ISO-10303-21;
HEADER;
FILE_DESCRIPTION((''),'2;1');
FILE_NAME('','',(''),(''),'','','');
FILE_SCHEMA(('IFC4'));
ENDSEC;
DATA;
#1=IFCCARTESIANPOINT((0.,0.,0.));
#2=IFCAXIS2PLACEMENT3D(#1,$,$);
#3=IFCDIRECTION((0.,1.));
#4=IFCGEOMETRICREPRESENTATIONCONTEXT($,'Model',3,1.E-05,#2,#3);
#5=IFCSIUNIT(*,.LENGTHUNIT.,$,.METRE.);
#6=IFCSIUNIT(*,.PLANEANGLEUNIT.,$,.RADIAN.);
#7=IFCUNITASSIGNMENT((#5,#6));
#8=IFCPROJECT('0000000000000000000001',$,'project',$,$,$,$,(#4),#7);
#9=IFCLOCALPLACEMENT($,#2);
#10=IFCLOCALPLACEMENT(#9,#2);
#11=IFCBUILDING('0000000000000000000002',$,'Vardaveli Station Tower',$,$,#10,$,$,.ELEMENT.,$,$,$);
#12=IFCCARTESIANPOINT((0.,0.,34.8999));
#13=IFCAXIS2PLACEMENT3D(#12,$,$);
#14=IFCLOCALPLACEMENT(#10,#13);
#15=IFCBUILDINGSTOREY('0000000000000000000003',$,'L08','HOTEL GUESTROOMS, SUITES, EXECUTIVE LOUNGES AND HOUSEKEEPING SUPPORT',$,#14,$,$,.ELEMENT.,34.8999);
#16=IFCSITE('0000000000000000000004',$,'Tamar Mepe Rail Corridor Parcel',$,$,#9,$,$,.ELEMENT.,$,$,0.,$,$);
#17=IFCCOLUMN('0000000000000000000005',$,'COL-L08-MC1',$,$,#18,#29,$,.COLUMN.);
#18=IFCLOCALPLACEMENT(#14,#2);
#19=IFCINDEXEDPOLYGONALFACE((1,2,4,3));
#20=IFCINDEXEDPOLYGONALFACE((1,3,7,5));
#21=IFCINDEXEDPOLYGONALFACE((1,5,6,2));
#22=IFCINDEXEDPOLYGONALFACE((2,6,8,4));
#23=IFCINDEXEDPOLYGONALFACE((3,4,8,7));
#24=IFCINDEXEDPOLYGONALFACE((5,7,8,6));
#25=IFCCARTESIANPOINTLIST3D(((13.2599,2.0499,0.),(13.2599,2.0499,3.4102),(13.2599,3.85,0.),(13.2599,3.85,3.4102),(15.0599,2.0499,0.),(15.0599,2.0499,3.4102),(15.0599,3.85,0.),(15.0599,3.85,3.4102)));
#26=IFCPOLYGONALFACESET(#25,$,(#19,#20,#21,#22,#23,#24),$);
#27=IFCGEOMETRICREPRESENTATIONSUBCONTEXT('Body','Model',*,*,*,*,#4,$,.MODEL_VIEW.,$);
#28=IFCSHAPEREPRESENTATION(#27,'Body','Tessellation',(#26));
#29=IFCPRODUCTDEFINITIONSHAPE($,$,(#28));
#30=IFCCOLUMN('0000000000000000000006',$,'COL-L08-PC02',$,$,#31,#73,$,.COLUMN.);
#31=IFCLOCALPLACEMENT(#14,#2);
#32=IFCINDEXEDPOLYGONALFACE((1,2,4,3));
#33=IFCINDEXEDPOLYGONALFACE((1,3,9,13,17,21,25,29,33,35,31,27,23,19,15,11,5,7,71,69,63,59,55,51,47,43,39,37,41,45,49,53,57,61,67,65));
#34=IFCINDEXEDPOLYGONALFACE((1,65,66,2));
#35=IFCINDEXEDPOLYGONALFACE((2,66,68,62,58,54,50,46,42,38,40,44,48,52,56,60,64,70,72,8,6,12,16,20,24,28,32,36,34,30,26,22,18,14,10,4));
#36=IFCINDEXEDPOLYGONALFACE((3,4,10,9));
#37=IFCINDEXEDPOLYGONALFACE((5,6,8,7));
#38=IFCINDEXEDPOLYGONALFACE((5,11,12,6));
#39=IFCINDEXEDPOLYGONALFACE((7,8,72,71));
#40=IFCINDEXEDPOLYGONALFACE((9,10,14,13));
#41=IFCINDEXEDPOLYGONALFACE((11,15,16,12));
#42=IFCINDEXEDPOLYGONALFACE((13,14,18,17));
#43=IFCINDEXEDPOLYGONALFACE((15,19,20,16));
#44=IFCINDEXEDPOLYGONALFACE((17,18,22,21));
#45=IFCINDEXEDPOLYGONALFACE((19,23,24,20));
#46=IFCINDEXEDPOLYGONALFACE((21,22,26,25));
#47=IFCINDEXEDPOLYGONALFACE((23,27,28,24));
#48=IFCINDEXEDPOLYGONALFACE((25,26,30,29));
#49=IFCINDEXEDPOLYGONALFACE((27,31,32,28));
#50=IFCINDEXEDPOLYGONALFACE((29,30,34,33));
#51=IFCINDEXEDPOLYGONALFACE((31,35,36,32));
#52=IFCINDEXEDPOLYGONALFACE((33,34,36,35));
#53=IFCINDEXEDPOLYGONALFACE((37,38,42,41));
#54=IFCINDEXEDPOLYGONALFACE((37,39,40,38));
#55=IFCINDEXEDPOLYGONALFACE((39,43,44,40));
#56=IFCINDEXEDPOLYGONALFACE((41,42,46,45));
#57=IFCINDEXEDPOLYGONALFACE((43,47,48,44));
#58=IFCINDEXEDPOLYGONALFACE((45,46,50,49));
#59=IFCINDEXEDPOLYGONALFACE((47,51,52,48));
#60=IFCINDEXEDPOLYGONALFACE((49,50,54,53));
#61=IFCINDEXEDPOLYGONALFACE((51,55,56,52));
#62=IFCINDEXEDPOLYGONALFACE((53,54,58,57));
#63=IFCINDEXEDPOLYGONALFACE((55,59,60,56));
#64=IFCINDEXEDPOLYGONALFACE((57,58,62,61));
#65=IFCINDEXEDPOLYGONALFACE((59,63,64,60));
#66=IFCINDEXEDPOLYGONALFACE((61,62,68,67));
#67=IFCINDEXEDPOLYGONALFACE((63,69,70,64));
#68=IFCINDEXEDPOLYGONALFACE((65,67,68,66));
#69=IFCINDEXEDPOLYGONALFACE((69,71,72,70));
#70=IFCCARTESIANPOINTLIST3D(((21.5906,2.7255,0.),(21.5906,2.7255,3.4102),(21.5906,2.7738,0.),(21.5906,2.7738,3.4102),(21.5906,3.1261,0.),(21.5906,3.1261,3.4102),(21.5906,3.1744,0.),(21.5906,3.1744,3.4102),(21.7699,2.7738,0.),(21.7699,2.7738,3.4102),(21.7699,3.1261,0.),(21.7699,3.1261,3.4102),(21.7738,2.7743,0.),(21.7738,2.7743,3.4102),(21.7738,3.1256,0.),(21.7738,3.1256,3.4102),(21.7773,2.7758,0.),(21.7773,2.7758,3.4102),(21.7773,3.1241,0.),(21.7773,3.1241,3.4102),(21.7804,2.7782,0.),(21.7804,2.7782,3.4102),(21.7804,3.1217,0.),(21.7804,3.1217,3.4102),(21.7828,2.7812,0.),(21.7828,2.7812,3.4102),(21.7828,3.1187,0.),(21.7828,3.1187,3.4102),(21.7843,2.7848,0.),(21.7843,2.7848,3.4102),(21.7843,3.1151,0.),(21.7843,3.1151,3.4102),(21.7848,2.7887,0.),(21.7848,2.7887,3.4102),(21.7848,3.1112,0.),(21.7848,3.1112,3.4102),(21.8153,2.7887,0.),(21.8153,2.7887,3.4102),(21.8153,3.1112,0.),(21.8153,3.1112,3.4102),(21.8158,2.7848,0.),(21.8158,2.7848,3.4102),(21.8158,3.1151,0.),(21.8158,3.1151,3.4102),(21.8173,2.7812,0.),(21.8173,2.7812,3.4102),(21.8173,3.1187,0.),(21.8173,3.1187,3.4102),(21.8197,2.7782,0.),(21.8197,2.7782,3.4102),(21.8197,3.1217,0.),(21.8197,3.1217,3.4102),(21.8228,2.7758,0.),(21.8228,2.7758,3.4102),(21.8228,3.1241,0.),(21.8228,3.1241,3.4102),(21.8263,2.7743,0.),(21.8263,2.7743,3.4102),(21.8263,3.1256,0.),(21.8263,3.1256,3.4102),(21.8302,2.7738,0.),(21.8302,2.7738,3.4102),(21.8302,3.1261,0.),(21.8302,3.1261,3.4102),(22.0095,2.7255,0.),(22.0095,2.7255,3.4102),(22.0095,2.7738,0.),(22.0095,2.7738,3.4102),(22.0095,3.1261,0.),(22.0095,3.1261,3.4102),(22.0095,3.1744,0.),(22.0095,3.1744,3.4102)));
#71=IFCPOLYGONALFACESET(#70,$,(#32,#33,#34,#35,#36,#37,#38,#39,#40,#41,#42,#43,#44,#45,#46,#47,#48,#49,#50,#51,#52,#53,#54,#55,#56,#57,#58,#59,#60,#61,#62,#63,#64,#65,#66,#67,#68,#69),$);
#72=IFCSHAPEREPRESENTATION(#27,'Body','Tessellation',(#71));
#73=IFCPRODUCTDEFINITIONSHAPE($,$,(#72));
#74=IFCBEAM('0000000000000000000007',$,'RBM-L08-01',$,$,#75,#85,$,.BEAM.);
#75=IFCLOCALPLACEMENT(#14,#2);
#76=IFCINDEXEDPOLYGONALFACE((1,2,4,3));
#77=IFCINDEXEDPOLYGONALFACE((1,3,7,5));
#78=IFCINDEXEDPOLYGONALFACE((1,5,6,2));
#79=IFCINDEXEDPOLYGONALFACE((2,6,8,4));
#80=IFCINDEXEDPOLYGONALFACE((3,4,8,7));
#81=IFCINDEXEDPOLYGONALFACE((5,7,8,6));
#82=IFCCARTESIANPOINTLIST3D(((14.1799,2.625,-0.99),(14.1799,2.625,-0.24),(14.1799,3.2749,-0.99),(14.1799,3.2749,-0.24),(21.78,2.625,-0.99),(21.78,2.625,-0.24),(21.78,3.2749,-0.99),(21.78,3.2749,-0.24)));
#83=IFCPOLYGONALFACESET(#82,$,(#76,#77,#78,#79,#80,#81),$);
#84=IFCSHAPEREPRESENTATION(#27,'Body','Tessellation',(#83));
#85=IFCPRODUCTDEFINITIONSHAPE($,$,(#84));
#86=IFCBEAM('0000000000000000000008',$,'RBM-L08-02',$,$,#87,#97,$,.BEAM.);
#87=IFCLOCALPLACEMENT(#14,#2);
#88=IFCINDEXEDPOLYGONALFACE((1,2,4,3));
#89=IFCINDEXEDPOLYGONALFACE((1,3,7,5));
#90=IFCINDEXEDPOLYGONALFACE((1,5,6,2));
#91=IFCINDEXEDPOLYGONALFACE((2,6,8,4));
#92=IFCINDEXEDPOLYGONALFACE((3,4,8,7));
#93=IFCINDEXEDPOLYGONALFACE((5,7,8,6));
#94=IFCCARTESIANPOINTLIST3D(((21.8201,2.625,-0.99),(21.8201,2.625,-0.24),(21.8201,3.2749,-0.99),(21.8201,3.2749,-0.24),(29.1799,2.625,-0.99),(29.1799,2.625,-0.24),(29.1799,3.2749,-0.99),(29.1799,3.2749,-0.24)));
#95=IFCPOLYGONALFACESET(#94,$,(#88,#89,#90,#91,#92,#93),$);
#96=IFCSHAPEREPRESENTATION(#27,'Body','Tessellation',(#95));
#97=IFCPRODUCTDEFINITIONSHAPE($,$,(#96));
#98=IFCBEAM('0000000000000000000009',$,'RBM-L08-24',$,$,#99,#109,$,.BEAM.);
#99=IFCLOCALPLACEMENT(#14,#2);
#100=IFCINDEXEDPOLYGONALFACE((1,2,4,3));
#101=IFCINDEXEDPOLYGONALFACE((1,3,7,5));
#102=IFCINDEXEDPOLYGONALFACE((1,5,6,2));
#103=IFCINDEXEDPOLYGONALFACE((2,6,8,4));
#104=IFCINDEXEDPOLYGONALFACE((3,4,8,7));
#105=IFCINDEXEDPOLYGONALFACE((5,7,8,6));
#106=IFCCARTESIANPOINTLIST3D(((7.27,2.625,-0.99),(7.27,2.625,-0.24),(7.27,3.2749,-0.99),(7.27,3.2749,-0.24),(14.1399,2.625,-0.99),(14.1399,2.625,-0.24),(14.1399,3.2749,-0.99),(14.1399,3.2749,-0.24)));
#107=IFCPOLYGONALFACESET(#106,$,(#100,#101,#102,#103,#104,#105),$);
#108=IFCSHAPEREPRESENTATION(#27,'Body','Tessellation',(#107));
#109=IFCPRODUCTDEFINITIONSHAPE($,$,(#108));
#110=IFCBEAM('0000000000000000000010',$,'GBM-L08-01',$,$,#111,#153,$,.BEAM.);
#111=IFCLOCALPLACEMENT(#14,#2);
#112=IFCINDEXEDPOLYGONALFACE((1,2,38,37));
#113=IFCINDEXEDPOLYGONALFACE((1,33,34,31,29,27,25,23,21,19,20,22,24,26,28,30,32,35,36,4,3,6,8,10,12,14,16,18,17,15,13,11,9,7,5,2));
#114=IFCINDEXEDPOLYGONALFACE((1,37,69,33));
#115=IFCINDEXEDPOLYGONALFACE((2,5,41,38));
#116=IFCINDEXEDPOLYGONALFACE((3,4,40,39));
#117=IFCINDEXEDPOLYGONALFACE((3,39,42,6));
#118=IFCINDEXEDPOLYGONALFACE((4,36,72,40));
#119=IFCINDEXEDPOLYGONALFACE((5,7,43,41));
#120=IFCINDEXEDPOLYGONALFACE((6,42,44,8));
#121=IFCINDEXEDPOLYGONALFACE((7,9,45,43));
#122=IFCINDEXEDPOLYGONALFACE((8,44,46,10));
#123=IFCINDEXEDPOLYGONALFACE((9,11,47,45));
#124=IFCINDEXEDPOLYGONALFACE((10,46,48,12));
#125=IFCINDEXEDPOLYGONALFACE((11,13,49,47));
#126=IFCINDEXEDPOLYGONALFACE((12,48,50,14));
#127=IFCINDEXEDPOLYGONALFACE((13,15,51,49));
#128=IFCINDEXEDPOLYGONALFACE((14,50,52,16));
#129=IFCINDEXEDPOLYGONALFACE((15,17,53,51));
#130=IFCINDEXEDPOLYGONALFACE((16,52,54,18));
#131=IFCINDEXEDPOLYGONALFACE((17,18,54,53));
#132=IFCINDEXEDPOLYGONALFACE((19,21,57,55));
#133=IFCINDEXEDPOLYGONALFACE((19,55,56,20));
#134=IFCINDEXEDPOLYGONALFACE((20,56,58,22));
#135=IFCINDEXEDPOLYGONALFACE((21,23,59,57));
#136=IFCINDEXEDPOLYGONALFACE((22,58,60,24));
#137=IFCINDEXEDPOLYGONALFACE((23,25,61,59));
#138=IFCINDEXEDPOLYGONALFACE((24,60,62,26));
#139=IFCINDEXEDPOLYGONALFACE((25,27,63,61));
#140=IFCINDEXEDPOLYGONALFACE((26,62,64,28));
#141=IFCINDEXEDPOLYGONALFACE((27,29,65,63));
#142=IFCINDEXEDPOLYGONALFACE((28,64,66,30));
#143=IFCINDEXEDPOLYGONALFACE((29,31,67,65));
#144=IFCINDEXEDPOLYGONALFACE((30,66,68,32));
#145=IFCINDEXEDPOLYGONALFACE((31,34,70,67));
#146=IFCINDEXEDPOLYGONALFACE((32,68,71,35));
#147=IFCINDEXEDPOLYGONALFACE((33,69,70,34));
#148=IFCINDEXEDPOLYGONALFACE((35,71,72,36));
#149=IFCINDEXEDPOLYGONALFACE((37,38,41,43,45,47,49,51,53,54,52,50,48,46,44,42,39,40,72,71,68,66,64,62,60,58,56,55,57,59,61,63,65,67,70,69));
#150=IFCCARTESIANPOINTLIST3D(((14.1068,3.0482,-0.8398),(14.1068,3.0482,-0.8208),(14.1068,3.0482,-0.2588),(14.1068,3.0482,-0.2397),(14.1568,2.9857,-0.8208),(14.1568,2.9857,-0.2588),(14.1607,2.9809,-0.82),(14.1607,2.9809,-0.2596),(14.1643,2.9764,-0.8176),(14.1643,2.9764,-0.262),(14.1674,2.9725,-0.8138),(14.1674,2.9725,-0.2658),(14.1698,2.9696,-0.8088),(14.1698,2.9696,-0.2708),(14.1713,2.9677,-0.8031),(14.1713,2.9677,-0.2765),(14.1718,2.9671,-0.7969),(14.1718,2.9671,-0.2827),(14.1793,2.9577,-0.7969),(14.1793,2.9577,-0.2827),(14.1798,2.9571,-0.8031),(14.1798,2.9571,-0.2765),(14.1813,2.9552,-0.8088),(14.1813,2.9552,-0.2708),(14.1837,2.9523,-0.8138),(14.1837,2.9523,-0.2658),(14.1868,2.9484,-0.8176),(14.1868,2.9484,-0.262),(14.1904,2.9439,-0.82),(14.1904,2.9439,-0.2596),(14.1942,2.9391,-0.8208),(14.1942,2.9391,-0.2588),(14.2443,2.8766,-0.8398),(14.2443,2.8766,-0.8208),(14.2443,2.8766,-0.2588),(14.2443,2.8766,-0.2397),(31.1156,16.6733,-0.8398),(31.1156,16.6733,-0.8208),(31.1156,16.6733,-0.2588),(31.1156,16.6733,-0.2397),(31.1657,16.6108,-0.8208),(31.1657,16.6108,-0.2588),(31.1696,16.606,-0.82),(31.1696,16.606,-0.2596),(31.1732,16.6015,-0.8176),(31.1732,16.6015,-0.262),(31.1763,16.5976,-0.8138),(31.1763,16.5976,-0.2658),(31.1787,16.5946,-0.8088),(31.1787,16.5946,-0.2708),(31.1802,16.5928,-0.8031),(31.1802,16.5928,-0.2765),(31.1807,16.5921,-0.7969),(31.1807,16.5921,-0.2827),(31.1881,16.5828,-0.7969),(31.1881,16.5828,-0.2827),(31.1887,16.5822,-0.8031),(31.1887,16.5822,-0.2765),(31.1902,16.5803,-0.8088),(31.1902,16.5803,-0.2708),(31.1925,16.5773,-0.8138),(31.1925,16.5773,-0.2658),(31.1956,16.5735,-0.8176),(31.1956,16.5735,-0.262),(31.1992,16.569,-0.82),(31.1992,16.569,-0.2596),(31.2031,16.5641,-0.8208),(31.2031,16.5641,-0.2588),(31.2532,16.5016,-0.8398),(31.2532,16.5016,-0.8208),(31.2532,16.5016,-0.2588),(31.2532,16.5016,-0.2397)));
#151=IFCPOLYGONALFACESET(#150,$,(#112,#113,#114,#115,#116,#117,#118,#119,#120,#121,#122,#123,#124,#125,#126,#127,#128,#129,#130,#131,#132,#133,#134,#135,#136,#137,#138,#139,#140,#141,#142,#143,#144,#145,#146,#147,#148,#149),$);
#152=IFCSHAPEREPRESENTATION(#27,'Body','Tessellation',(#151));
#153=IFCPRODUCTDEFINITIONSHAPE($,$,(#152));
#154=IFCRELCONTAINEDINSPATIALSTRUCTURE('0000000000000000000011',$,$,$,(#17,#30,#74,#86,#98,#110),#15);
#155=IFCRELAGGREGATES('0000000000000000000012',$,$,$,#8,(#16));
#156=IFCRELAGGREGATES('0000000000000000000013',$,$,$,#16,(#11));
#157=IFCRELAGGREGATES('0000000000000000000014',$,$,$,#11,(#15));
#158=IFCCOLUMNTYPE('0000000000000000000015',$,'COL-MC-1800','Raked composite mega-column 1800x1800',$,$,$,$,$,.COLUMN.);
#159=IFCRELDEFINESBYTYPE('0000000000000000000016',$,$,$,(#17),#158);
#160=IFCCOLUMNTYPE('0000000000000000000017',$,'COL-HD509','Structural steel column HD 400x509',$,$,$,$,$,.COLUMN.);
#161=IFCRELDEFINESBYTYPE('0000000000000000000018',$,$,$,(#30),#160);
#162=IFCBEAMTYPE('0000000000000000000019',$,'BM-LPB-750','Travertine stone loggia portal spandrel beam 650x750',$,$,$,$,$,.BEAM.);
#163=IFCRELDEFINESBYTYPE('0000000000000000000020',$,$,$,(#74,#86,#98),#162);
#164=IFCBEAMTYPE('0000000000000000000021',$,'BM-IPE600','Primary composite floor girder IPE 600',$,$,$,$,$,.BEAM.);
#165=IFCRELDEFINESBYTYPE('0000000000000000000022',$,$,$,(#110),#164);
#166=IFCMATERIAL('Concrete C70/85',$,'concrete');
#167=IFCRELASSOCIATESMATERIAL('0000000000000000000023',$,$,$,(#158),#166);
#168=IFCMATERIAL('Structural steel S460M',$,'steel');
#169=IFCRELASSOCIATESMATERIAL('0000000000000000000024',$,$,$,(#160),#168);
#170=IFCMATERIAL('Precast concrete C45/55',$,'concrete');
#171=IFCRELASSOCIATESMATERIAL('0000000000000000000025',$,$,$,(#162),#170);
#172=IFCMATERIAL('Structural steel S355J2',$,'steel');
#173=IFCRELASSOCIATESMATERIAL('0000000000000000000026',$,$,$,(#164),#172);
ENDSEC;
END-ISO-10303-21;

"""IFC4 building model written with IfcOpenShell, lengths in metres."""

from ifc_helpers import new_model, si_unit, direction, frame, origin, origin_2d, place, context, subcontext, project, spatial, rectangle, i_section, extrude, source, transform, mapped, material, material_profile, profile_set, type_object, element, save


model = new_model("IFC4")

# Units and contexts
model_context = context("Model", 3, precision=1e-05, world=origin(), true_north=direction((0.0, 1.0)))
body_context = subcontext(model_context, "Body", "Model", "MODEL_VIEW")
ifc_project = project(units=[si_unit("LENGTHUNIT", "METRE"), si_unit("PLANEANGLEUNIT", "RADIAN")], contexts=[model_context])

# Site, building, storey
site_placement = place(None, origin())
site = spatial("IfcSite", under=ifc_project, at=site_placement, Name="Tamar Mepe Rail Corridor Parcel", CompositionType="ELEMENT", RefElevation=0.0)
building_placement = place(site_placement, origin())
building = spatial("IfcBuilding", under=site, at=building_placement, Name="Vardaveli Station Tower", CompositionType="ELEMENT")
storey_placement = place(building_placement, frame((0.0, 0.0, 34.8999)))
storey = spatial("IfcBuildingStorey", under=building, at=storey_placement, Name="L08", Description="HOTEL GUESTROOMS, SUITES, EXECUTIVE LOUNGES AND HOUSEKEEPING SUPPORT", CompositionType="ELEMENT", Elevation=34.8999)

# Columns
ifc_material_1 = material(Name="Concrete C70/85", Category="concrete")
ifc_material_profile_1 = material_profile(ifc_material_1, rectangle(XDim=1.8, YDim=1.8, at=origin_2d()), Name="MC 1800x1800")
ifc_profile_set_1 = profile_set([ifc_material_profile_1], Name="Concrete C70/85")
column_type_1 = type_object("IfcColumnType", Name="COL-MC-1800", Description="Raked composite mega-column 1800x1800", PredefinedType="COLUMN", material=ifc_profile_set_1)
shared_shape_1 = source(origin(), body_context, "Body", "SweptSolid", [
    extrude(rectangle(XDim=1.8, YDim=1.8, at=origin_2d()), origin(), (0.0, 0.0, 1.0), 3.4102),
])
column_1_placement = place(storey_placement, frame((14.1599, 2.95, 0.0), z_axis=(0.0, 0.0, 1.0), x_axis=(1.0, 0.0, 0.0)))
element("IfcColumn", 1, at=column_1_placement, inside=storey, type_object=column_type_1, Name="COL-L08-MC1", PredefinedType="COLUMN", context=body_context, shape_type="MappedRepresentation", body=[
    mapped(shared_shape_1, transform((0.0, 0.0, 0.0), scale=1.0)),
])
ifc_material_2 = material(Name="Structural steel S460M", Category="steel")
ifc_material_profile_2 = material_profile(ifc_material_2, i_section(OverallWidth=0.4189, OverallDepth=0.449, WebThickness=0.0305, FlangeThickness=0.0483, FilletRadius=0.0149, at=origin_2d()), Name="HD 400x509")
ifc_profile_set_2 = profile_set([ifc_material_profile_2], Name="Structural steel S460M")
column_type_2 = type_object("IfcColumnType", Name="COL-HD509", Description="Structural steel column HD 400x509", PredefinedType="COLUMN", material=ifc_profile_set_2)
shared_shape_2 = source(origin(), body_context, "Body", "SweptSolid", [
    extrude(i_section(OverallWidth=0.4189, OverallDepth=0.449, WebThickness=0.0305, FlangeThickness=0.0483, FilletRadius=0.0149, at=origin_2d()), origin(), (0.0, 0.0, 1.0), 3.4102),
])
column_2_placement = place(storey_placement, frame((21.8, 2.95, 0.0), z_axis=(0.0, 0.0, 1.0), x_axis=(1.0, 0.0, 0.0)))
element("IfcColumn", 2, at=column_2_placement, inside=storey, type_object=column_type_2, Name="COL-L08-PC02", PredefinedType="COLUMN", context=body_context, shape_type="MappedRepresentation", body=[
    mapped(shared_shape_2, transform((0.0, 0.0, 0.0), scale=1.0)),
])

# Beams
ifc_material_3 = material(Name="Precast concrete C45/55", Category="concrete")
ifc_material_profile_3 = material_profile(ifc_material_3, rectangle(XDim=0.6499, YDim=0.75, at=origin_2d()), Name="LPB 650x750")
ifc_profile_set_3 = profile_set([ifc_material_profile_3], Name="Precast concrete C45/55")
beam_type_1 = type_object("IfcBeamType", Name="BM-LPB-750", Description="Travertine stone loggia portal spandrel beam 650x750", PredefinedType="BEAM", material=ifc_profile_set_3)
shared_shape_3 = source(origin(), body_context, "Body", "SweptSolid", [
    extrude(rectangle(XDim=0.6499, YDim=0.75, at=origin_2d()), origin(), (0.0, 0.0, 1.0), 7.6001),
])
beam_1_placement = place(storey_placement, frame((14.1799, 2.95, -0.615), z_axis=(1.0, 0.0, 0.0), x_axis=(0.0, 1.0, 0.0)))
element("IfcBeam", 3, at=beam_1_placement, inside=storey, type_object=beam_type_1, Name="RBM-L08-01", PredefinedType="BEAM", context=body_context, shape_type="MappedRepresentation", body=[
    mapped(shared_shape_3, transform((0.0, 0.0, 0.0), scale=1.0)),
])
shared_shape_4 = source(origin(), body_context, "Body", "SweptSolid", [
    extrude(rectangle(XDim=0.6499, YDim=0.75, at=origin_2d()), origin(), (0.0, 0.0, 1.0), 7.3599),
])
beam_2_placement = place(storey_placement, frame((21.8201, 2.95, -0.615), z_axis=(1.0, 0.0, 0.0), x_axis=(0.0, 1.0, 0.0)))
element("IfcBeam", 4, at=beam_2_placement, inside=storey, type_object=beam_type_1, Name="RBM-L08-02", PredefinedType="BEAM", context=body_context, shape_type="MappedRepresentation", body=[
    mapped(shared_shape_4, transform((0.0, 0.0, 0.0), scale=1.0)),
])
shared_shape_5 = source(origin(), body_context, "Body", "SweptSolid", [
    extrude(rectangle(XDim=0.6499, YDim=0.75, at=origin_2d()), origin(), (0.0, 0.0, 1.0), 6.8699),
])
beam_3_placement = place(storey_placement, frame((7.27, 2.95, -0.615), z_axis=(1.0, 0.0, 0.0), x_axis=(0.0, 1.0, 0.0)))
element("IfcBeam", 5, at=beam_3_placement, inside=storey, type_object=beam_type_1, Name="RBM-L08-24", PredefinedType="BEAM", context=body_context, shape_type="MappedRepresentation", body=[
    mapped(shared_shape_5, transform((0.0, 0.0, 0.0), scale=1.0)),
])
ifc_material_4 = material(Name="Structural steel S355J2", Category="steel")
ifc_material_profile_4 = material_profile(ifc_material_4, i_section(OverallWidth=0.22, OverallDepth=0.6001, WebThickness=0.012, FlangeThickness=0.019, FilletRadius=0.0239, at=origin_2d()), Name="IPE 600")
ifc_profile_set_4 = profile_set([ifc_material_profile_4], Name="Structural steel S355J2")
beam_type_2 = type_object("IfcBeamType", Name="BM-IPE600", Description="Primary composite floor girder IPE 600", PredefinedType="BEAM", material=ifc_profile_set_4)
shared_shape_6 = source(origin(), body_context, "Body", "SweptSolid", [
    extrude(i_section(OverallWidth=0.22, OverallDepth=0.6001, WebThickness=0.012, FlangeThickness=0.019, FilletRadius=0.0239, at=origin_2d()), origin(), (0.0, 0.0, 1.0), 21.7932),
])
beam_4_placement = place(storey_placement, frame((14.1755, 2.9624, -0.5398), z_axis=(0.780466, 0.625198, 0.0), x_axis=(-0.625198, 0.780466, 0.0)))
element("IfcBeam", 6, at=beam_4_placement, inside=storey, type_object=beam_type_2, Name="GBM-L08-01", PredefinedType="BEAM", context=body_context, shape_type="MappedRepresentation", body=[
    mapped(shared_shape_6, transform((0.0, 0.0, 0.0), scale=1.0)),
])

save(model, "model.ifc")
